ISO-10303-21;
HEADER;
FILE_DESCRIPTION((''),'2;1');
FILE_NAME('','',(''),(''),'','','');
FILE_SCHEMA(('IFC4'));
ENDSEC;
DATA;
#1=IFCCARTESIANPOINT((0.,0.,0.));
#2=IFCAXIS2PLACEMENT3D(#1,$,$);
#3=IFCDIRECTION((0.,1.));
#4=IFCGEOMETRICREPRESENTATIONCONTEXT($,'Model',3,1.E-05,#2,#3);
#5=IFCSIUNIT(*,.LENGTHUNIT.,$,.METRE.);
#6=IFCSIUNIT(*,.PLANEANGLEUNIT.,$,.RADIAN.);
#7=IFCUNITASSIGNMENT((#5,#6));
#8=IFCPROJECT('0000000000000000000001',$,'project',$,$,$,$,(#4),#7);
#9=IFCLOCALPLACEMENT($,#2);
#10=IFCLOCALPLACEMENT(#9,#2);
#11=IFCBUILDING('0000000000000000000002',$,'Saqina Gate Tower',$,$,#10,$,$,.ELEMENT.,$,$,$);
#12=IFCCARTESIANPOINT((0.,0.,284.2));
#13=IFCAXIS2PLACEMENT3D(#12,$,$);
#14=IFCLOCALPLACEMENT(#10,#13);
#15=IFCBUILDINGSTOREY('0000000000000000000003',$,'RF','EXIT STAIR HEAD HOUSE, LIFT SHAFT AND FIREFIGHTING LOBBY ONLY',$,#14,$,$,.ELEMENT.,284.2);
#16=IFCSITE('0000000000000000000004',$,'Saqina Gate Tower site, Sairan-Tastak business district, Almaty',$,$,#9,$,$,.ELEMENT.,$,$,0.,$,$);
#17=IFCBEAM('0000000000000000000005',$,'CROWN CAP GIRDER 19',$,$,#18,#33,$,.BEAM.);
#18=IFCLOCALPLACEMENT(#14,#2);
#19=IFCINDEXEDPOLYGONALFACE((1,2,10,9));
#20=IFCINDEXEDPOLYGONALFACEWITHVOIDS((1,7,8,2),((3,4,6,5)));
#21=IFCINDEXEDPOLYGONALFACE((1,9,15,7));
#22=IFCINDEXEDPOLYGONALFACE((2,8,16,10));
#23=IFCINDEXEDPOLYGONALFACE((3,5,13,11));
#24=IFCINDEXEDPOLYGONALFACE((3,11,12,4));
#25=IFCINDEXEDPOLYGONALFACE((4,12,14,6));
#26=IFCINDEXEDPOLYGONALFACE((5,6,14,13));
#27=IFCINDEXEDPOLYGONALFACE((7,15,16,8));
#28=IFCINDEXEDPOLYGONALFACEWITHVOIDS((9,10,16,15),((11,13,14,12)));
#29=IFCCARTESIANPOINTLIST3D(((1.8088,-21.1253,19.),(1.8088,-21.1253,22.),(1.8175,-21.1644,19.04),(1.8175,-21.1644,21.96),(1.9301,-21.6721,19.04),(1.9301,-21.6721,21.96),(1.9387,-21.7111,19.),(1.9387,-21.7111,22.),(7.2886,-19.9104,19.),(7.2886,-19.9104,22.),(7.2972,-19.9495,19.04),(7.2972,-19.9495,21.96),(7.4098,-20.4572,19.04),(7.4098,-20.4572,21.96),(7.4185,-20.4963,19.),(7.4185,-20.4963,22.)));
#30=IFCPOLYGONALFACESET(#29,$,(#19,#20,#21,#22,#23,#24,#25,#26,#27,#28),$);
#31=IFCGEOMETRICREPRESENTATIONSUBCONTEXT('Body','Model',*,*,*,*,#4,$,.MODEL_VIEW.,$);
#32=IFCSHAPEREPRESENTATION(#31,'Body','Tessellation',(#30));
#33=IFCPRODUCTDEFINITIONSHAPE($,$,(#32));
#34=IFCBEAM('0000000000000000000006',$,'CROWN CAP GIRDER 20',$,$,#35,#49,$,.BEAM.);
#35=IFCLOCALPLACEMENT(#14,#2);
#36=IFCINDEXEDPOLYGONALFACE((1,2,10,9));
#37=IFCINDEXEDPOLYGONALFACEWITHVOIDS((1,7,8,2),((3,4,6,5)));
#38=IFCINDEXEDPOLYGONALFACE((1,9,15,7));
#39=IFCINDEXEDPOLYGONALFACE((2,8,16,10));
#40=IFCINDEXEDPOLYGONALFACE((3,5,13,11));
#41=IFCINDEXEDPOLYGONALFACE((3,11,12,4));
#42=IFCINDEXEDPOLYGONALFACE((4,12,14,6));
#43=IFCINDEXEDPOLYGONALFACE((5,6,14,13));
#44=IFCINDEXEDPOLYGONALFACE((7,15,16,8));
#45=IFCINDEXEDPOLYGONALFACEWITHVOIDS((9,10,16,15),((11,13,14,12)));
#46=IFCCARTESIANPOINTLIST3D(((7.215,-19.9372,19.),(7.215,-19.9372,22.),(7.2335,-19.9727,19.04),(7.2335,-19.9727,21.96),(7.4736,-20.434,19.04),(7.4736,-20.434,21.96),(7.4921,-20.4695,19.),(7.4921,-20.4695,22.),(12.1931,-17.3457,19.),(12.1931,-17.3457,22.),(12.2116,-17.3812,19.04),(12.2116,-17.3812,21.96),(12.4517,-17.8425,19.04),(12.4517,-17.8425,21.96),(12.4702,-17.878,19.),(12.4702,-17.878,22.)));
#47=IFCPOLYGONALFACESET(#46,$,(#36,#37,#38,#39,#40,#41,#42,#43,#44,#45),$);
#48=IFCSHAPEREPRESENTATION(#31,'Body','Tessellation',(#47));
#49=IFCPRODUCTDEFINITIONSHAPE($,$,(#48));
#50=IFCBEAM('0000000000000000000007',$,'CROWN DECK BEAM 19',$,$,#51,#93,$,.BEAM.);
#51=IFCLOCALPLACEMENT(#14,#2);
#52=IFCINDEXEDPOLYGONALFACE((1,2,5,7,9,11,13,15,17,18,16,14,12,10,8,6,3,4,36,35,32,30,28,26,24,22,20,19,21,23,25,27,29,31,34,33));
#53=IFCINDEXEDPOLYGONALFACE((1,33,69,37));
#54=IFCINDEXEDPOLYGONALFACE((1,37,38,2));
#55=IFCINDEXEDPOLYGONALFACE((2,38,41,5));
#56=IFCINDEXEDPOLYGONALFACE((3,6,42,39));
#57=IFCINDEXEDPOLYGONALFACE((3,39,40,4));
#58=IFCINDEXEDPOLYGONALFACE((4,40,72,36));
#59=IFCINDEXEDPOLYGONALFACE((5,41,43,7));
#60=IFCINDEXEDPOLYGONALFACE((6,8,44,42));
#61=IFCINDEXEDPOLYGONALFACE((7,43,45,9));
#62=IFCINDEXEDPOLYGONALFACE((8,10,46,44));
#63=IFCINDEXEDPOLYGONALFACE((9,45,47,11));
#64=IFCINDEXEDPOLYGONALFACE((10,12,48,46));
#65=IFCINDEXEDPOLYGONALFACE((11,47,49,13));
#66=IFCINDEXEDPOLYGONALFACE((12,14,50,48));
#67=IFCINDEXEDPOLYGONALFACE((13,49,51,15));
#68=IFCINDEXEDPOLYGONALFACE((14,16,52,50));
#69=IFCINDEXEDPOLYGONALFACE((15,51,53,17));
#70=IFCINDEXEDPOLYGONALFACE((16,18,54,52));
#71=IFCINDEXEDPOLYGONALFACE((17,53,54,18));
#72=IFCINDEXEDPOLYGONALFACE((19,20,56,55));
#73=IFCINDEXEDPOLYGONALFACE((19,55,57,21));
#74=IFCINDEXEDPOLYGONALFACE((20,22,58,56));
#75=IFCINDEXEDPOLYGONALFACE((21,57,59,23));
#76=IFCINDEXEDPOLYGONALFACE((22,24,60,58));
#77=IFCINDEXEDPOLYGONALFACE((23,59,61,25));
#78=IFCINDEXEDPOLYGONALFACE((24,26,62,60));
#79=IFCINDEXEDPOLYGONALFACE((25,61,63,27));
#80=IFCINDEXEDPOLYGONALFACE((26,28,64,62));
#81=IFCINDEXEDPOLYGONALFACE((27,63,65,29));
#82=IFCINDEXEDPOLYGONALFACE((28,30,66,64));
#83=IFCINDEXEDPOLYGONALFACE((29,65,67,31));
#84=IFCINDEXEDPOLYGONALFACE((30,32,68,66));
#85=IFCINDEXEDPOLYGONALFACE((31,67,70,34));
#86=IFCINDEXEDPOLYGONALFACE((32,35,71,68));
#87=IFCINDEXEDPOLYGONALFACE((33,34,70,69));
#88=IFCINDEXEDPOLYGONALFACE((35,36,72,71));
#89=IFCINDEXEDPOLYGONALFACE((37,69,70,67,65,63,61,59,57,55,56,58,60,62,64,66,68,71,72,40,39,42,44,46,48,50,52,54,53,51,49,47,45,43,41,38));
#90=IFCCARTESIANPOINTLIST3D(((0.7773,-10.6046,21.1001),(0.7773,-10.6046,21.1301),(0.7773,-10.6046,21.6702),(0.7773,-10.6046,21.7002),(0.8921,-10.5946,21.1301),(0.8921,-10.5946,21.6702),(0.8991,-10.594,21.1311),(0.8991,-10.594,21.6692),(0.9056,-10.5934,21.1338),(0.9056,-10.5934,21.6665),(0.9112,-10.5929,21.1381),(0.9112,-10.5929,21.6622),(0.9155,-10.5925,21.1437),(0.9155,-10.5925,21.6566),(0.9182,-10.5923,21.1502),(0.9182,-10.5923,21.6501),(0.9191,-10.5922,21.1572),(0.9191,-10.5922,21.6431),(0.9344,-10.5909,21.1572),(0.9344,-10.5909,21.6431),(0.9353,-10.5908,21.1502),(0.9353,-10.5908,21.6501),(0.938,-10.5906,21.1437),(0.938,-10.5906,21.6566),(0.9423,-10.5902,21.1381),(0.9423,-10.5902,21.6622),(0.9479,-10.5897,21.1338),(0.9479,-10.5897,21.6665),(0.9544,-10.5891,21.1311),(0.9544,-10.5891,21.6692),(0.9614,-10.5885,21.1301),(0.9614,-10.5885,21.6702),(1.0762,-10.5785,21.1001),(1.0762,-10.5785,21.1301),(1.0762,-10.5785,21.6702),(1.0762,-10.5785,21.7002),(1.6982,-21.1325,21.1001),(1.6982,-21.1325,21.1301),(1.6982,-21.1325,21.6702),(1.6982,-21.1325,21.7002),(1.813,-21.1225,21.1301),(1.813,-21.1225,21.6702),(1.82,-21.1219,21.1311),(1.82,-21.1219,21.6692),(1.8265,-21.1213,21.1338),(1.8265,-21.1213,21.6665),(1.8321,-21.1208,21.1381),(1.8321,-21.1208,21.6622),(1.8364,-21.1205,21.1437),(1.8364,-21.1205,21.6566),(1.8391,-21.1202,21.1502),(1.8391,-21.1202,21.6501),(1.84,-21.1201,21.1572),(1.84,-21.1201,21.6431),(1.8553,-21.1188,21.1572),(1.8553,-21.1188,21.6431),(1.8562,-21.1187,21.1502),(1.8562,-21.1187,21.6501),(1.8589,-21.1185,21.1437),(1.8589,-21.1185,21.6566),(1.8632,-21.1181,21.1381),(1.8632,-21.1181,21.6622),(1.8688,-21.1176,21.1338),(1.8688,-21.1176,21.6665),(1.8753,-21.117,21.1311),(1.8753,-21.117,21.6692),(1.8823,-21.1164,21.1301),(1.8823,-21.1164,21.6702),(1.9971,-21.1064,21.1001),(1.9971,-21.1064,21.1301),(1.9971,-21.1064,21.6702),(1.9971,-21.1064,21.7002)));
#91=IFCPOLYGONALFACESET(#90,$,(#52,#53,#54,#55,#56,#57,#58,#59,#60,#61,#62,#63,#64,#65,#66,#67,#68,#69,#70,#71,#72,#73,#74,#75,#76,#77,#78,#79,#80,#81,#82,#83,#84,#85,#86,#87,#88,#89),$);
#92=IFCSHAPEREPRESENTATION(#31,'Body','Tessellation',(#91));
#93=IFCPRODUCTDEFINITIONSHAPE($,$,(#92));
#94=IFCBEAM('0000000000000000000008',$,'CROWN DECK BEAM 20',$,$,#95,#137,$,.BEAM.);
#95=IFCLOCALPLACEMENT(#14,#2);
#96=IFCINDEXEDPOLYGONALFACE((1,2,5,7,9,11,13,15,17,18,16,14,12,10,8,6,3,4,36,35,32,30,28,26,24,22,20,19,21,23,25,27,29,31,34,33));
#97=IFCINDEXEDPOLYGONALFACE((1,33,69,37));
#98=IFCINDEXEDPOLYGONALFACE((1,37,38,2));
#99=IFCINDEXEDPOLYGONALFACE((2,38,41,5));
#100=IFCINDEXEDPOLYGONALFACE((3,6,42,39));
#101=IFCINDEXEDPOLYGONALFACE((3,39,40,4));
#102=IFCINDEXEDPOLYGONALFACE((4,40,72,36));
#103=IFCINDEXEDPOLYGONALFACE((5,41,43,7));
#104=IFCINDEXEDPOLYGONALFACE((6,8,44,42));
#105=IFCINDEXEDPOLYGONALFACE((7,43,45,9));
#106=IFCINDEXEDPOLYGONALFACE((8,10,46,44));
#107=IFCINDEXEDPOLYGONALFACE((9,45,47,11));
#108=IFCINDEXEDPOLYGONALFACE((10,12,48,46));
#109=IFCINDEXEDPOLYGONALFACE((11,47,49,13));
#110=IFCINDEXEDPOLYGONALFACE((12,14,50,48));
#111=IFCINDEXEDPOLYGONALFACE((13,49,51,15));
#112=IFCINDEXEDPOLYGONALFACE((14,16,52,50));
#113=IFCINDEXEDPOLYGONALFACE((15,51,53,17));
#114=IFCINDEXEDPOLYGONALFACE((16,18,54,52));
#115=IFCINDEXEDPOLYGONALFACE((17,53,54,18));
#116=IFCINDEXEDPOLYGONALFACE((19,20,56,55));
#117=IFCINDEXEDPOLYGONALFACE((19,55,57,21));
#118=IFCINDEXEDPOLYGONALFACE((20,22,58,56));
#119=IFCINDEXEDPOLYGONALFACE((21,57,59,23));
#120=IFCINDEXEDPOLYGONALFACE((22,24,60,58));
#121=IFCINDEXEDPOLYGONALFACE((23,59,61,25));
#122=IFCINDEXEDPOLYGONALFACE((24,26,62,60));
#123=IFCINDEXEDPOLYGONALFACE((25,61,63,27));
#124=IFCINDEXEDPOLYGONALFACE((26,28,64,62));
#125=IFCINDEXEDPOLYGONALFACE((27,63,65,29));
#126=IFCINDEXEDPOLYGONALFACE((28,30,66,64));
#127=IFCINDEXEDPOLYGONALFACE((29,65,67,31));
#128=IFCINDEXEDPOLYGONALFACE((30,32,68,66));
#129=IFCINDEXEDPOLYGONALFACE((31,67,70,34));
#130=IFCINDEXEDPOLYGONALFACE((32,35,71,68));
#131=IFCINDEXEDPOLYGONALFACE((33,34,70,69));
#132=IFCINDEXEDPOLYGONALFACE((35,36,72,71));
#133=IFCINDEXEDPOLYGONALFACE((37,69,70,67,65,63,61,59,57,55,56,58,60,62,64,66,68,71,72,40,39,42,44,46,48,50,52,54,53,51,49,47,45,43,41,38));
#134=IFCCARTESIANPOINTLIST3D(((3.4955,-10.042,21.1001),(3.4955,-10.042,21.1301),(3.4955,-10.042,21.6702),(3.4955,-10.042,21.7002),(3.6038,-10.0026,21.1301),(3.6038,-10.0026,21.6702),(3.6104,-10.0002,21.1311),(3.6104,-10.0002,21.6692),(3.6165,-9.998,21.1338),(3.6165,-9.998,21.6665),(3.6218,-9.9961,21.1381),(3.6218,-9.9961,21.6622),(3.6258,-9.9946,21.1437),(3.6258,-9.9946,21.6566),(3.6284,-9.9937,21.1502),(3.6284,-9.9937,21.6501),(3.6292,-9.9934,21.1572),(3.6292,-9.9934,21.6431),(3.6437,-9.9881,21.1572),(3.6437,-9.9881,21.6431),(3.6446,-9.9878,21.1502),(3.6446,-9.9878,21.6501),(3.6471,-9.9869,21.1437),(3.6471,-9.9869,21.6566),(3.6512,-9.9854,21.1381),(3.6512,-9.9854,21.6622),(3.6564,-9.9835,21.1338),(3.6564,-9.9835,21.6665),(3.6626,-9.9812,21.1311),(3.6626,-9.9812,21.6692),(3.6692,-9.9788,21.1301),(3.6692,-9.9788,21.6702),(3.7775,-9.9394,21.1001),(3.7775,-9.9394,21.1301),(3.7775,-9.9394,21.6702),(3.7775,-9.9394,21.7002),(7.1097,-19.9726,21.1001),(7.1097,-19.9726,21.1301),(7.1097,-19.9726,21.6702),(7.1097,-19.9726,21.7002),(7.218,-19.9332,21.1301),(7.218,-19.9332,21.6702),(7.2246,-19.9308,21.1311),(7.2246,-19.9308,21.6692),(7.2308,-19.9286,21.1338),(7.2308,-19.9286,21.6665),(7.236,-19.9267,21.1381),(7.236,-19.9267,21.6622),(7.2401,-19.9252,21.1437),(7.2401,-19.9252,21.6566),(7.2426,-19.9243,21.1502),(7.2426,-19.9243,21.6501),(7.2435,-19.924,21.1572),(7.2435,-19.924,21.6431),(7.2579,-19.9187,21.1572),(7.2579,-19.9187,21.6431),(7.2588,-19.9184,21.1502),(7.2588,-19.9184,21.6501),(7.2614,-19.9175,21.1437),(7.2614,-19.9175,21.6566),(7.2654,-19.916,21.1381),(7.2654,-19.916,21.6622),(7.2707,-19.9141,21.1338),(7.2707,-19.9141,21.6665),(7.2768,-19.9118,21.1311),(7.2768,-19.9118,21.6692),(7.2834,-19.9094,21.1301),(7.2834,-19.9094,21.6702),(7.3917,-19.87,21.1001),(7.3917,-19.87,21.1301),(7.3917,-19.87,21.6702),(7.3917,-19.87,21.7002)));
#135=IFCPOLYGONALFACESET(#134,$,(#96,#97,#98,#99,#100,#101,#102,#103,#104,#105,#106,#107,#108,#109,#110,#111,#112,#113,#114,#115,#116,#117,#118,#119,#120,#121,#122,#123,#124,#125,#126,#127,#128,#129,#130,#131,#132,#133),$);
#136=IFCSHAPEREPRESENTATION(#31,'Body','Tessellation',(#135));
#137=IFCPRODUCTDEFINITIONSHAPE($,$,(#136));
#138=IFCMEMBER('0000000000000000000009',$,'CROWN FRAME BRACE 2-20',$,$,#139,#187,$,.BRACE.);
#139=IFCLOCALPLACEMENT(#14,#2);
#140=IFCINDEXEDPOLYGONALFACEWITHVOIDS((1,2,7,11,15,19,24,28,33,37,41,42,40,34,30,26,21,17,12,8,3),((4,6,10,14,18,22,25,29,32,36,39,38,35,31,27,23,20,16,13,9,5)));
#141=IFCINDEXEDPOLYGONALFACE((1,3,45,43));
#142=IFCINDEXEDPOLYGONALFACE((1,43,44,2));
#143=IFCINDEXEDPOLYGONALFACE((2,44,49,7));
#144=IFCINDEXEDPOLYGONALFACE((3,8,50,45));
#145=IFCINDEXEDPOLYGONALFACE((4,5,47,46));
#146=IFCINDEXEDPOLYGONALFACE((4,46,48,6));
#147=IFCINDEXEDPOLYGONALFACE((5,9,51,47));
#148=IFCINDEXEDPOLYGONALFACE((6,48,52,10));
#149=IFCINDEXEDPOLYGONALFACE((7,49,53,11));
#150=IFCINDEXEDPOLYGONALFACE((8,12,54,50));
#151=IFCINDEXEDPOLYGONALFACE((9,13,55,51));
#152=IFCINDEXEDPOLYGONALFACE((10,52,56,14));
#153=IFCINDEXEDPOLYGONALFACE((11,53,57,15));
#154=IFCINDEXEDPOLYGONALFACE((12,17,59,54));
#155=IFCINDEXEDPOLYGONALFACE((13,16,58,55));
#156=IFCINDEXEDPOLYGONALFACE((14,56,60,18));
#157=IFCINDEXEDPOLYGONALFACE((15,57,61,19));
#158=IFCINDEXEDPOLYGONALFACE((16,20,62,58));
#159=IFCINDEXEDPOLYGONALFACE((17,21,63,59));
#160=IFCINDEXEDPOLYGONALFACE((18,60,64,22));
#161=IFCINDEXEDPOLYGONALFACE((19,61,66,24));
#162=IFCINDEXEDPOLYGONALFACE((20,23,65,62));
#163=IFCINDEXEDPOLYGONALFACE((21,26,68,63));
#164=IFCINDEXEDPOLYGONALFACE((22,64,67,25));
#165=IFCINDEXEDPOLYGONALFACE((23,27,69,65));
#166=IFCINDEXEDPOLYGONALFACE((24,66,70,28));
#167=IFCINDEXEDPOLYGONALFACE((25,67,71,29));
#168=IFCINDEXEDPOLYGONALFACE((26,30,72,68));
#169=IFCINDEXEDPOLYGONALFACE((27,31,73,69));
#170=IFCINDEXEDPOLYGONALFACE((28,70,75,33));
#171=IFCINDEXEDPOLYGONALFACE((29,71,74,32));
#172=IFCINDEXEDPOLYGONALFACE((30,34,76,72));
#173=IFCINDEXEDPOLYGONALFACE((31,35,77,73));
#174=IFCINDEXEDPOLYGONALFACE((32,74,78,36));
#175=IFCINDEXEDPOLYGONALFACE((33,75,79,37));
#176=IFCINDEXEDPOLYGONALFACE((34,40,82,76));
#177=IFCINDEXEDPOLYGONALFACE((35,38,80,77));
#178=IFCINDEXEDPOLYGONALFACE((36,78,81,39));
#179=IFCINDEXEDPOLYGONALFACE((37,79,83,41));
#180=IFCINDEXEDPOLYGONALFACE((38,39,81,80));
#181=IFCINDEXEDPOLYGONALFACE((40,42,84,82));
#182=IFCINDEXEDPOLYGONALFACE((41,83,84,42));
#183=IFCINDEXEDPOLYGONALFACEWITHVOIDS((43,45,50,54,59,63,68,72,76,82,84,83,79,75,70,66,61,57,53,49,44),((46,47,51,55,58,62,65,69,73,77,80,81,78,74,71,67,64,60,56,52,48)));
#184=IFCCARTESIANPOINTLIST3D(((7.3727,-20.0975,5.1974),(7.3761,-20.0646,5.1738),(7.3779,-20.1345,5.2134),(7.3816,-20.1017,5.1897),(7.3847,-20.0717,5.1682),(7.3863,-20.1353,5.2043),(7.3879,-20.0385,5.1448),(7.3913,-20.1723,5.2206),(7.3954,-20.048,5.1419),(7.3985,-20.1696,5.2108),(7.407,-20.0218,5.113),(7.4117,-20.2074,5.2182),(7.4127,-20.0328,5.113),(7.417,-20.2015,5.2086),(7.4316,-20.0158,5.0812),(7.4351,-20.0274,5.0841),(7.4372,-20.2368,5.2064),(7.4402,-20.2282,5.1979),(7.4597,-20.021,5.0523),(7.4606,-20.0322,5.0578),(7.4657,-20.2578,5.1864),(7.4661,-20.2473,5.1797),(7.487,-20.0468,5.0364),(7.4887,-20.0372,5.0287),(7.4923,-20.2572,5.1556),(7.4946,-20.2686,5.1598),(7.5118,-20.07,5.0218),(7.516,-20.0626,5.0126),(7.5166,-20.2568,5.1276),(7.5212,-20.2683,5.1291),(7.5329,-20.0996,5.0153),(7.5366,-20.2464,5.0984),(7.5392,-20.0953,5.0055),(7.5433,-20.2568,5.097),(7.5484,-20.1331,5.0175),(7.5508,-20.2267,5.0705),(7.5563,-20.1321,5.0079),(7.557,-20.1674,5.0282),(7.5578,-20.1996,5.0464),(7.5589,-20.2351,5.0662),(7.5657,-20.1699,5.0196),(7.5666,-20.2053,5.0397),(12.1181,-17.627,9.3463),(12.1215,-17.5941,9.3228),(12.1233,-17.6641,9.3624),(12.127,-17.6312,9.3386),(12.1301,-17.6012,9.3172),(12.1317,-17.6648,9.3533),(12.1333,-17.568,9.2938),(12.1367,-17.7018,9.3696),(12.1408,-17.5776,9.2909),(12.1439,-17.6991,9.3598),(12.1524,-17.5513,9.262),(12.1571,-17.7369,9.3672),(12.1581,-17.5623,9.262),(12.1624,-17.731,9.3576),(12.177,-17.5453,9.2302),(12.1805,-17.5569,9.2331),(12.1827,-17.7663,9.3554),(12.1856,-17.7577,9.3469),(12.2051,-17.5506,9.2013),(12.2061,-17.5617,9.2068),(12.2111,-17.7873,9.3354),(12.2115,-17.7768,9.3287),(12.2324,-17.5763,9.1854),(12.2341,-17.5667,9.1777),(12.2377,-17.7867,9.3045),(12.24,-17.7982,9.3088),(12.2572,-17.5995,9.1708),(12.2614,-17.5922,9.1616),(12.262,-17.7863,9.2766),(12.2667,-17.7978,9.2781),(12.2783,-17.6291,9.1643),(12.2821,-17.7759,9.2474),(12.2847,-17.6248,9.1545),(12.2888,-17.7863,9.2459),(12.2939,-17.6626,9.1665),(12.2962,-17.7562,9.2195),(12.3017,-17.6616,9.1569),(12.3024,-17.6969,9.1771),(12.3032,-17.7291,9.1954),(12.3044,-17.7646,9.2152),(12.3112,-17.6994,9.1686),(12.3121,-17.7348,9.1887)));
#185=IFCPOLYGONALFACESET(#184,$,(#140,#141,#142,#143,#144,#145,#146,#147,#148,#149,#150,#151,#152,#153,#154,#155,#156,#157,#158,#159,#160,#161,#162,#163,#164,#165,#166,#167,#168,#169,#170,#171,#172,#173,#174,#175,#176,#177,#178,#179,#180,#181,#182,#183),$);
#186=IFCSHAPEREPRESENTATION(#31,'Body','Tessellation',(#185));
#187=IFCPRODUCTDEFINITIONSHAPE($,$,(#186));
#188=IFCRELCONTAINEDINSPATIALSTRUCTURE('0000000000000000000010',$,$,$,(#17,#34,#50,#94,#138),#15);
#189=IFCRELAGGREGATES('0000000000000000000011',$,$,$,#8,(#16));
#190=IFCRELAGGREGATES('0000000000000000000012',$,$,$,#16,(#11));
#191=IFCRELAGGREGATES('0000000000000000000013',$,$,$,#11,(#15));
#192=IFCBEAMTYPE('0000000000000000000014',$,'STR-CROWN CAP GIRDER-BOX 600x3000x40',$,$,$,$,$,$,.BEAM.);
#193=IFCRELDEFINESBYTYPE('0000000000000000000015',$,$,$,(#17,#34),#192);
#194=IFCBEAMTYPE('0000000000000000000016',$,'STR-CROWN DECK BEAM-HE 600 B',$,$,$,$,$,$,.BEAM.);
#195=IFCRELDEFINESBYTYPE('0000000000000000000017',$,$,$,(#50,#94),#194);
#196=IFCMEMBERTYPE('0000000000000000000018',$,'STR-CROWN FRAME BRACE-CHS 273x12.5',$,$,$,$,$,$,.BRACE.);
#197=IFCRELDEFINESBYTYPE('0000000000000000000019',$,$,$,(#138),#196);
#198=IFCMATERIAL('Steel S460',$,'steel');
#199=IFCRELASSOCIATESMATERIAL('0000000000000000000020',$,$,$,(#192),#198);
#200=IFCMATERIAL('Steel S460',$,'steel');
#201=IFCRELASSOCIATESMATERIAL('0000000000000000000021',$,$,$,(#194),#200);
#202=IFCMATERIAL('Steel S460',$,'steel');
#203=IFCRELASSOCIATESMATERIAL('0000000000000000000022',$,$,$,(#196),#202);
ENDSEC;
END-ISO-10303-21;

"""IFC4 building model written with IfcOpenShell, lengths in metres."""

from ifc_helpers import new_model, si_unit, direction, frame, origin, origin_2d, place, context, subcontext, project, spatial, hollow_rectangle, hollow_circle, i_section, extrude, material, material_profile, profile_set, type_object, element, save


model = new_model("IFC4")

# Units and contexts
model_context = context("Model", 3, precision=1e-05, world=origin(), true_north=direction((0.0, 1.0)))
body_context = subcontext(model_context, "Body", "Model", "MODEL_VIEW")
ifc_project = project(units=[si_unit("LENGTHUNIT", "METRE"), si_unit("PLANEANGLEUNIT", "RADIAN")], contexts=[model_context])

# Site, building, storey
site_placement = place(None, origin())
site = spatial("IfcSite", under=ifc_project, at=site_placement, Name="Saqina Gate Tower site, Sairan-Tastak business district, Almaty", CompositionType="ELEMENT", RefElevation=0.0)
building_placement = place(site_placement, origin())
building = spatial("IfcBuilding", under=site, at=building_placement, Name="Saqina Gate Tower", CompositionType="ELEMENT")
storey_placement = place(building_placement, frame((0.0, 0.0, 284.2)))
storey = spatial("IfcBuildingStorey", under=building, at=storey_placement, Name="RF", Description="EXIT STAIR HEAD HOUSE, LIFT SHAFT AND FIREFIGHTING LOBBY ONLY", CompositionType="ELEMENT", Elevation=284.2)

# Beams
ifc_material_1 = material(Name="Steel S460", Category="steel")
ifc_material_profile_1 = material_profile(ifc_material_1, hollow_rectangle(XDim=0.6001, YDim=3.0, WallThickness=0.04, at=origin_2d()), Name="BOX 600x3000x40")
ifc_profile_set_1 = profile_set([ifc_material_profile_1], Name="Steel S460")
beam_type_1 = type_object("IfcBeamType", Name="STR-CROWN CAP GIRDER-BOX 600x3000x40", PredefinedType="BEAM", material=ifc_profile_set_1)
beam_1_placement = place(storey_placement, frame((1.8738, -21.4182, 20.5), z_axis=(0.976295, 0.216442, 0.0), x_axis=(-0.216442, 0.976295, 0.0)))
element("IfcBeam", 1, at=beam_1_placement, inside=storey, type_object=beam_type_1, Name="CROWN CAP GIRDER 19", PredefinedType="BEAM", context=body_context, shape_type="SweptSolid", body=[
    extrude(hollow_rectangle(XDim=0.6001, YDim=3.0, WallThickness=0.04, at=origin_2d()), origin(), (0.0, 0.0, 1.0), 5.6128),
])
beam_2_placement = place(storey_placement, frame((7.3535, -20.2034, 20.5), z_axis=(0.887009, 0.461753, 0.0), x_axis=(-0.461753, 0.887009, 0.0)))
element("IfcBeam", 2, at=beam_2_placement, inside=storey, type_object=beam_type_1, Name="CROWN CAP GIRDER 20", PredefinedType="BEAM", context=body_context, shape_type="SweptSolid", body=[
    extrude(hollow_rectangle(XDim=0.6001, YDim=3.0, WallThickness=0.04, at=origin_2d()), origin(), (0.0, 0.0, 1.0), 5.6123),
])
ifc_material_2 = material(Name="Steel S460", Category="steel")
ifc_material_profile_2 = material_profile(ifc_material_2, i_section(OverallWidth=0.3, OverallDepth=0.6001, WebThickness=0.0154, FlangeThickness=0.03, FilletRadius=0.0271, at=origin_2d()), Name="HE 600 B")
ifc_profile_set_2 = profile_set([ifc_material_profile_2], Name="Steel S460")
beam_type_2 = type_object("IfcBeamType", Name="STR-CROWN DECK BEAM-HE 600 B", PredefinedType="BEAM", material=ifc_profile_set_2)
beam_3_placement = place(storey_placement, frame((0.9268, -10.5916, 21.4001), z_axis=(0.08714, -0.996196, 0.0), x_axis=(0.996196, 0.08714, 0.0)))
element("IfcBeam", 3, at=beam_3_placement, inside=storey, type_object=beam_type_2, Name="CROWN DECK BEAM 19", PredefinedType="BEAM", context=body_context, shape_type="SweptSolid", body=[
    extrude(i_section(OverallWidth=0.3, OverallDepth=0.6001, WebThickness=0.0154, FlangeThickness=0.03, FilletRadius=0.0271, at=origin_2d()), origin(), (0.0, 0.0, 1.0), 10.5681),
])
beam_4_placement = place(storey_placement, frame((3.6365, -9.9907, 21.4001), z_axis=(0.342003, -0.939699, 0.0), x_axis=(0.939699, 0.342003, 0.0)))
element("IfcBeam", 4, at=beam_4_placement, inside=storey, type_object=beam_type_2, Name="CROWN DECK BEAM 20", PredefinedType="BEAM", context=body_context, shape_type="SweptSolid", body=[
    extrude(i_section(OverallWidth=0.3, OverallDepth=0.6001, WebThickness=0.0154, FlangeThickness=0.03, FilletRadius=0.0271, at=origin_2d()), origin(), (0.0, 0.0, 1.0), 10.5679),
])

# Member
ifc_material_3 = material(Name="Steel S460", Category="steel")
ifc_material_profile_3 = material_profile(ifc_material_3, hollow_circle(Radius=0.1365, WallThickness=0.0125, at=origin_2d()), Name="CHS 273x12.5")
ifc_profile_set_3 = profile_set([ifc_material_profile_3], Name="Steel S460")
member_type = type_object("IfcMemberType", Name="STR-CROWN FRAME BRACE-CHS 273x12.5", PredefinedType="BRACE", material=ifc_profile_set_3)
for number, where, z_axis, x_axis, name in (
    (5, (7.47, -20.1428, 5.113), (0.700922, 0.364904, 0.612824), (-0.461775, 0.886997, 0.0), "CROWN FRAME BRACE 2-20"),
):
    element("IfcMember", number, at=place(storey_placement, frame(where, z_axis=z_axis, x_axis=x_axis)), inside=storey, type_object=member_type, Name=name, PredefinedType="BRACE", context=body_context, shape_type="SweptSolid", body=[
        extrude(hollow_circle(Radius=0.1365, WallThickness=0.0125, at=origin_2d()), origin(), (0.0, 0.0, 1.0), 6.7703),
    ])

save(model, "model.ifc")
